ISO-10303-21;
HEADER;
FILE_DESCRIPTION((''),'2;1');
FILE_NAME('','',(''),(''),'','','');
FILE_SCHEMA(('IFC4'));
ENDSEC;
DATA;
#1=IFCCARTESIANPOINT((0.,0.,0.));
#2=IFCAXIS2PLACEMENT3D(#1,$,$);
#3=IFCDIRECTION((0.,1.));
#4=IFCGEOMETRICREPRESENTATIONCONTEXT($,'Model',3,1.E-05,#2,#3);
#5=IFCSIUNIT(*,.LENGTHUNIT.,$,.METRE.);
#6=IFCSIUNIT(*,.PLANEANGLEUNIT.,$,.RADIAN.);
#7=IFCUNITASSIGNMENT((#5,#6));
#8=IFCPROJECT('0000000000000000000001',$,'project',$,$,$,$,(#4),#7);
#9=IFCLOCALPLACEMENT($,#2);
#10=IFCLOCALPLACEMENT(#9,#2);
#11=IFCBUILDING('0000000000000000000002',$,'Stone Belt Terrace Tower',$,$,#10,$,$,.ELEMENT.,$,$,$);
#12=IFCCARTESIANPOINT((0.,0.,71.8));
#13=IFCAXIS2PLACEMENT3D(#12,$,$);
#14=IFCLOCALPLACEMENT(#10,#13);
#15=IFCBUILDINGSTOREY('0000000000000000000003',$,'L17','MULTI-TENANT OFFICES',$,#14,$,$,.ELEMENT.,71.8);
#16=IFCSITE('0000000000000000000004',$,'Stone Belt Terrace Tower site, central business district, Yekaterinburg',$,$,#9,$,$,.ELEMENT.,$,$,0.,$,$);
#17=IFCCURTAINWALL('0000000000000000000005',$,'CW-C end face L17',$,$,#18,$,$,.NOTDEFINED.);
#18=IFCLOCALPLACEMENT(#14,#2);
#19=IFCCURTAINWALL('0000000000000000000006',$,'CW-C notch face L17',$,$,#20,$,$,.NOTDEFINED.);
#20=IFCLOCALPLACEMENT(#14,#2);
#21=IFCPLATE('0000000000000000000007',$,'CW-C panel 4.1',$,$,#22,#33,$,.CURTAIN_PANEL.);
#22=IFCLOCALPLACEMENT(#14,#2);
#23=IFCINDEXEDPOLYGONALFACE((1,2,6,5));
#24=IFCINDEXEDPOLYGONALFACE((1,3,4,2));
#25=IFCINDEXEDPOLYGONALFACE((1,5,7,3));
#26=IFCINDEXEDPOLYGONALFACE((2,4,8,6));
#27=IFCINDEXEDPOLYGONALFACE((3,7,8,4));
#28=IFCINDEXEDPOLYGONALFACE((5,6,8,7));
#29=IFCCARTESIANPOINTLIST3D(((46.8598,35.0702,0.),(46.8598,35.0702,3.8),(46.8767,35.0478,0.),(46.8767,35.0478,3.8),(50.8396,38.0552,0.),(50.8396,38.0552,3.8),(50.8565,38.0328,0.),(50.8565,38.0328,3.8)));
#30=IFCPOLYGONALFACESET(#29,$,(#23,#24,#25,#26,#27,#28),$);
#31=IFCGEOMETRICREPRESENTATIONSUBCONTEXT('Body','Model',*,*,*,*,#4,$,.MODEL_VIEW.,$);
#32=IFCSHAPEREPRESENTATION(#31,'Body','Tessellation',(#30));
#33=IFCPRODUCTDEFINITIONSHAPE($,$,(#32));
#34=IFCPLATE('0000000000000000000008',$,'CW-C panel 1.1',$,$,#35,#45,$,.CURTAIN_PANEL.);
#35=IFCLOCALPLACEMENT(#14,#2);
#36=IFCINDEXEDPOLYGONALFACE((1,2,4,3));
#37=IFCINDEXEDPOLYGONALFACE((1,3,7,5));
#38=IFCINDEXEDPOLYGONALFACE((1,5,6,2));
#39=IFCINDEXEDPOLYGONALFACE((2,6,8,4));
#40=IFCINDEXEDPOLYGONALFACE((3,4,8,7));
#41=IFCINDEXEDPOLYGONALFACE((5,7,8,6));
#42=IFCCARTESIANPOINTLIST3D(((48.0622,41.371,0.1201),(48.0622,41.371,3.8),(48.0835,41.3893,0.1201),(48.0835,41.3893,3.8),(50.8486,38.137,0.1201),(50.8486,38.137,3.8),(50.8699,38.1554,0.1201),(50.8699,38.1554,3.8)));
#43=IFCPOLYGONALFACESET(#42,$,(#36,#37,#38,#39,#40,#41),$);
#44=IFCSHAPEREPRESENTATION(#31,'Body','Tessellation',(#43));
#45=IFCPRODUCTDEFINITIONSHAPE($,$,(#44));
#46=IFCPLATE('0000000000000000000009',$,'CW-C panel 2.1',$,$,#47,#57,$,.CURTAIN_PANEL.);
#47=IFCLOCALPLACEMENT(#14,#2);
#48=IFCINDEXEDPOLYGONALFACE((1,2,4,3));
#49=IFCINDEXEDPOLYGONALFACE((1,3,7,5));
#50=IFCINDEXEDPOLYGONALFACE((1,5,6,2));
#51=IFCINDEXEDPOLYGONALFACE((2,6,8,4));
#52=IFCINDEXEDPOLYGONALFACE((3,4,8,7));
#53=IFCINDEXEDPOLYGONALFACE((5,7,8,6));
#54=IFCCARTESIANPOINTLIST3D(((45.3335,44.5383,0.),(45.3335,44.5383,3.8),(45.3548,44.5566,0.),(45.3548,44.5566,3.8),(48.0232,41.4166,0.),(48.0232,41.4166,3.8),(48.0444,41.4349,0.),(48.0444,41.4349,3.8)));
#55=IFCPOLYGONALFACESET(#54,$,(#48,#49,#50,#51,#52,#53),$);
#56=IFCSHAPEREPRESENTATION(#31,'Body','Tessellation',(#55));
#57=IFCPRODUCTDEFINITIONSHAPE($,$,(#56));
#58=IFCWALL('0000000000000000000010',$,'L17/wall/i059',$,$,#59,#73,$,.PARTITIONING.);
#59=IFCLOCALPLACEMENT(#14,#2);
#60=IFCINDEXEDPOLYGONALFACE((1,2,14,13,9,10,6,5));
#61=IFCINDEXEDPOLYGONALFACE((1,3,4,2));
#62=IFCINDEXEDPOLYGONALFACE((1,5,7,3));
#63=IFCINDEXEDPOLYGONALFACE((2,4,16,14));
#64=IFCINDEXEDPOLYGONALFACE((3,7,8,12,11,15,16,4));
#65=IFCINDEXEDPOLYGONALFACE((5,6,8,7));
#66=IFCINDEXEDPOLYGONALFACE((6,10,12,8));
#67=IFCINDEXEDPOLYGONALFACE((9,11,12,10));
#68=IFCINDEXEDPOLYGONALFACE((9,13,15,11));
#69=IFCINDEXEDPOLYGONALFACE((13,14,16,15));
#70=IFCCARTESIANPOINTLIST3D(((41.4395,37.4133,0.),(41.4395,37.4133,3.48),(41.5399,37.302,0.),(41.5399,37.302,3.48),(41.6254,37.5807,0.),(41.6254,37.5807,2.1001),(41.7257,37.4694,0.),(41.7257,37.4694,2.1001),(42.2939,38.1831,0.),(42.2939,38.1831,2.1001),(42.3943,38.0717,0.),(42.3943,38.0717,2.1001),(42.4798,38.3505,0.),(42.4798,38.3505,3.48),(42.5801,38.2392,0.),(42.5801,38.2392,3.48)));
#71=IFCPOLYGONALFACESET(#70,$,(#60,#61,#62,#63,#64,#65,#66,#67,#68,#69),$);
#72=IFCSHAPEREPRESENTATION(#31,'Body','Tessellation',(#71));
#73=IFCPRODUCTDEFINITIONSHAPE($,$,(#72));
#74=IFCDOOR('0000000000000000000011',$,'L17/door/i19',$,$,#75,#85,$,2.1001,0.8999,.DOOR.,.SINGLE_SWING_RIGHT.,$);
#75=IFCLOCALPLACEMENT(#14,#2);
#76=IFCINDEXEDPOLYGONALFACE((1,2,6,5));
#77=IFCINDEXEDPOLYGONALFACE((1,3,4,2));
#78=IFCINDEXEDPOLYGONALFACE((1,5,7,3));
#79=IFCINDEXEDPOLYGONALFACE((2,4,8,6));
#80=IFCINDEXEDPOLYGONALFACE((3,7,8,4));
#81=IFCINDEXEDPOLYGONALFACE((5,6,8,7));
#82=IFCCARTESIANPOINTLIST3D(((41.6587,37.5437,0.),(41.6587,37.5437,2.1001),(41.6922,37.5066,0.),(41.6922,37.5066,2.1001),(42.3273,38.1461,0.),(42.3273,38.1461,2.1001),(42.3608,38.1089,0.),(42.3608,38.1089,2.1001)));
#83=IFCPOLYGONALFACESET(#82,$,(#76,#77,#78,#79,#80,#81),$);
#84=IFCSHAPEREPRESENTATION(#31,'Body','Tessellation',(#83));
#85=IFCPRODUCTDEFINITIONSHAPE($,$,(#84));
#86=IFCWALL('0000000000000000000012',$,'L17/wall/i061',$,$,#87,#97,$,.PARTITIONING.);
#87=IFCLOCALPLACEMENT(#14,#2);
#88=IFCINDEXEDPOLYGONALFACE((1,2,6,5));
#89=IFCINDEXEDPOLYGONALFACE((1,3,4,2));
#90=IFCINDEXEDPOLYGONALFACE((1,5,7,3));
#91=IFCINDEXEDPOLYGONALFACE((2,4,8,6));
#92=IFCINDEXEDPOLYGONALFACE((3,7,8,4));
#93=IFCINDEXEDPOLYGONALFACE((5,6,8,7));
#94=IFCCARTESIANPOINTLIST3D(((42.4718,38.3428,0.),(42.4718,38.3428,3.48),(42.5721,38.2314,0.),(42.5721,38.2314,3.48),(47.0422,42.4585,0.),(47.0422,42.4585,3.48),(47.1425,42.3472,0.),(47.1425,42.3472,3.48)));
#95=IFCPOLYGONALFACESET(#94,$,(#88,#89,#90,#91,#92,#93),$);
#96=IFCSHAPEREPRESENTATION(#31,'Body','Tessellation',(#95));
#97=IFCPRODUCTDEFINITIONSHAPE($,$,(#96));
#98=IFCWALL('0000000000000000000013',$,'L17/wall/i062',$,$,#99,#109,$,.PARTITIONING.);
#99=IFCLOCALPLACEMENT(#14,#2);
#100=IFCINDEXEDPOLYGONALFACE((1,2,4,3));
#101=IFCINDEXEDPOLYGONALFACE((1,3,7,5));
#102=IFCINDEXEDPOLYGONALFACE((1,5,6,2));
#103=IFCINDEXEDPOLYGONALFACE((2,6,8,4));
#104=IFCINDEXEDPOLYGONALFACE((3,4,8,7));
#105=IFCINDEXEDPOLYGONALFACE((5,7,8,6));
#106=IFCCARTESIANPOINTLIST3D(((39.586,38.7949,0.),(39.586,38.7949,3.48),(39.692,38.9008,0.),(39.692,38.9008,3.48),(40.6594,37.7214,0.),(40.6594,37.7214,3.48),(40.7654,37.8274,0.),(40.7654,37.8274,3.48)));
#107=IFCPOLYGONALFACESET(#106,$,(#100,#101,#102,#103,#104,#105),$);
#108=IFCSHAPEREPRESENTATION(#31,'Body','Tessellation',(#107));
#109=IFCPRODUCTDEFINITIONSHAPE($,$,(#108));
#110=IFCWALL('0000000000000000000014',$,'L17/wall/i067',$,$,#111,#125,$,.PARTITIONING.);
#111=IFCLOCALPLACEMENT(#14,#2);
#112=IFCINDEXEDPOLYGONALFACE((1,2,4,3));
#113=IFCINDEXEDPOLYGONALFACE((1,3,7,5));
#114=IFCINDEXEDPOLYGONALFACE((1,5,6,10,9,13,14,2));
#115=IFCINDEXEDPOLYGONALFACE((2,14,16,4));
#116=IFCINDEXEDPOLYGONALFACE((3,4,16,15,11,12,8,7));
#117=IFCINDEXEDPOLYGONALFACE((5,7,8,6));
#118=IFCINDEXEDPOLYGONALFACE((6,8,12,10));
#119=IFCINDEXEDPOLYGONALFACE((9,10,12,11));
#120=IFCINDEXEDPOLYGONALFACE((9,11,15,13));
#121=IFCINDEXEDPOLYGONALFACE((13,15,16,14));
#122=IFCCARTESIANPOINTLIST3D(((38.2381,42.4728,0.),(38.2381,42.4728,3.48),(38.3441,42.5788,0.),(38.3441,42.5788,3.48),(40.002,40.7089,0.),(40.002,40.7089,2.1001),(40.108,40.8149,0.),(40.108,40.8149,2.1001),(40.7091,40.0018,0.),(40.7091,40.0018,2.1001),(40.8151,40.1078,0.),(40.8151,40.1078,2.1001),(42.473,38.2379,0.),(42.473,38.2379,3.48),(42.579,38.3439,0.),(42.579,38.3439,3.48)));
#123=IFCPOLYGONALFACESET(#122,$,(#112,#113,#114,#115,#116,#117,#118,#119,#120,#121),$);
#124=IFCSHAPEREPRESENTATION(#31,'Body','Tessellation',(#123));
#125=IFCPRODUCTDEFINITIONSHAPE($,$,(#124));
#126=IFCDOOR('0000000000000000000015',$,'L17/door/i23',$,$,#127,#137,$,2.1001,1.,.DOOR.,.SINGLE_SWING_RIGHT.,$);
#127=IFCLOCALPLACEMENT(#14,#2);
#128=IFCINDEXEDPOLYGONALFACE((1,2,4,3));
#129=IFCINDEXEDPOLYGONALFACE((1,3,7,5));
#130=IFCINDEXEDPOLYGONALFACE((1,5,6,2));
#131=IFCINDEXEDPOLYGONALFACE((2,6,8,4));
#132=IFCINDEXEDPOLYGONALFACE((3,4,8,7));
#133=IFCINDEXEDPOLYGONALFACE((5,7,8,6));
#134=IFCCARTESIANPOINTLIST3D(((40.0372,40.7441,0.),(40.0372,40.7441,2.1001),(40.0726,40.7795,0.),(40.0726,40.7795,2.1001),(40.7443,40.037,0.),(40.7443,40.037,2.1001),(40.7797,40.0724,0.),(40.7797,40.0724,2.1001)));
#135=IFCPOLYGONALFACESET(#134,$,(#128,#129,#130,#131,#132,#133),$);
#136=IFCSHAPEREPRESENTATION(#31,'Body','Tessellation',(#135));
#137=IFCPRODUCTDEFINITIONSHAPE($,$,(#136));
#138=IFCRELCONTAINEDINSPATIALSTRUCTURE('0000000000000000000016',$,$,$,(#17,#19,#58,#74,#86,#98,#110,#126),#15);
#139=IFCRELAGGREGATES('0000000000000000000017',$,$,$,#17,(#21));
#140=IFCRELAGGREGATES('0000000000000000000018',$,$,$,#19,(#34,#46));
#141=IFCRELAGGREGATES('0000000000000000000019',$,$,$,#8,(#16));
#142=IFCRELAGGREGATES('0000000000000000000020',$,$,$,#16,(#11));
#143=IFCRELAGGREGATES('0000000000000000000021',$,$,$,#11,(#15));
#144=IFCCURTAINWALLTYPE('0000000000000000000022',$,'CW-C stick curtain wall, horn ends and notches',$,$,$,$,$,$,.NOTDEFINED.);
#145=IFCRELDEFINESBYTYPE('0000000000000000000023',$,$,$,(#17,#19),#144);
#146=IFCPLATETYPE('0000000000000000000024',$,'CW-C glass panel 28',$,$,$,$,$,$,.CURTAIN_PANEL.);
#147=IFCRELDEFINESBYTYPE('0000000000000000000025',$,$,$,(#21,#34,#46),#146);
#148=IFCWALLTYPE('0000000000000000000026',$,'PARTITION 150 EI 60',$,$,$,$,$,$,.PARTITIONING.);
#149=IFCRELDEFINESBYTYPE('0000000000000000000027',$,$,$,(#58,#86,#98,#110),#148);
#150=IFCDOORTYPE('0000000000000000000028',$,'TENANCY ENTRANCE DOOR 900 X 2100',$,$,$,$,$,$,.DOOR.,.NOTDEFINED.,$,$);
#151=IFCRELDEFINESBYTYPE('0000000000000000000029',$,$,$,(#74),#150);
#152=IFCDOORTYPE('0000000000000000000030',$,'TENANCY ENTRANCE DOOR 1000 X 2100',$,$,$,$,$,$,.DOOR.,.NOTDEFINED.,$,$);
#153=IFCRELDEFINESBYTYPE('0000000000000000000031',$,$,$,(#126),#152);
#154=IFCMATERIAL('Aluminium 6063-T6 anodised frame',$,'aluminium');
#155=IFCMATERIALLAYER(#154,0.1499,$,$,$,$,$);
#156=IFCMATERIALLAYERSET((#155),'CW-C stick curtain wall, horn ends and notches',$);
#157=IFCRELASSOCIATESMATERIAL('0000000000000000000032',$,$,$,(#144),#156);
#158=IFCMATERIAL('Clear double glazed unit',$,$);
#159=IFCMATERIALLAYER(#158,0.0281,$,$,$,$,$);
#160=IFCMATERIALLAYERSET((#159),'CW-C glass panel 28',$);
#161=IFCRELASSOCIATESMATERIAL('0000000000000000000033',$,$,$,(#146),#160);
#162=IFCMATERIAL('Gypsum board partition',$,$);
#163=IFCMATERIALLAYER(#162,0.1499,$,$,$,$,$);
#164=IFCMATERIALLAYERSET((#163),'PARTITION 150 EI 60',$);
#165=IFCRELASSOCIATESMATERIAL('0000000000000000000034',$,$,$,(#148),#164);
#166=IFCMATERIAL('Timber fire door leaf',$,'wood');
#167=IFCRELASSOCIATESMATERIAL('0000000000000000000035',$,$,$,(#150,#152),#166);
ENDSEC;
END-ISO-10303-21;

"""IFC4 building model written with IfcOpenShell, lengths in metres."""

from ifc_helpers import new_model, si_unit, direction, frame, frame_2d, origin, origin_2d, place, context, subcontext, project, spatial, rectangle, extrude, material, layer, layer_set, type_object, element, fill, aggregate, save


model = new_model("IFC4")

# Units and contexts
model_context = context("Model", 3, precision=1e-05, world=origin(), true_north=direction((0.0, 1.0)))
body_context = subcontext(model_context, "Body", "Model", "MODEL_VIEW")
ifc_project = project(units=[si_unit("LENGTHUNIT", "METRE"), si_unit("PLANEANGLEUNIT", "RADIAN")], contexts=[model_context])

# Site, building, storey
site_placement = place(None, origin())
site = spatial("IfcSite", under=ifc_project, at=site_placement, Name="Stone Belt Terrace Tower site, central business district, Yekaterinburg", CompositionType="ELEMENT", RefElevation=0.0)
building_placement = place(site_placement, origin())
building = spatial("IfcBuilding", under=site, at=building_placement, Name="Stone Belt Terrace Tower", CompositionType="ELEMENT")
storey_placement = place(building_placement, frame((0.0, 0.0, 71.8)))
storey = spatial("IfcBuildingStorey", under=building, at=storey_placement, Name="L17", Description="MULTI-TENANT OFFICES", CompositionType="ELEMENT", Elevation=71.8)

# Curtain walls
ifc_material_1 = material(Name="Aluminium 6063-T6 anodised frame", Category="aluminium")
ifc_layer_1 = layer(ifc_material_1, 0.1499)
ifc_layer_set_1 = layer_set([ifc_layer_1], Name="CW-C stick curtain wall, horn ends and notches")
curtain_wall_type = type_object("IfcCurtainWallType", Name="CW-C stick curtain wall, horn ends and notches", PredefinedType="NOTDEFINED", material=ifc_layer_set_1)
curtain_wall_1_placement = place(storey_placement, origin())
curtain_wall_1 = element("IfcCurtainWall", 1, at=curtain_wall_1_placement, inside=storey, type_object=curtain_wall_type, Name="CW-C end face L17", PredefinedType="NOTDEFINED")
curtain_wall_2_placement = place(storey_placement, origin())
curtain_wall_2 = element("IfcCurtainWall", 2, at=curtain_wall_2_placement, inside=storey, type_object=curtain_wall_type, Name="CW-C notch face L17", PredefinedType="NOTDEFINED")

# Plates
ifc_material_2 = material(Name="Clear double glazed unit")
ifc_layer_2 = layer(ifc_material_2, 0.0281)
ifc_layer_set_2 = layer_set([ifc_layer_2], Name="CW-C glass panel 28")
plate_type = type_object("IfcPlateType", Name="CW-C glass panel 28", PredefinedType="CURTAIN_PANEL", material=ifc_layer_set_2)
plate_1_placement = place(storey_placement, frame((48.8582, 36.5515, 0.0), z_axis=(0.0, 0.0, 1.0), x_axis=(0.799987, 0.600018, 0.0)))
plate_1 = element("IfcPlate", 3, at=plate_1_placement, type_object=plate_type, Name="CW-C panel 4.1", PredefinedType="CURTAIN_PANEL", context=body_context, shape_type="SweptSolid", body=[
    extrude(rectangle(XDim=4.9749, YDim=0.0281, at=origin_2d()), origin(), (0.0, 0.0, 1.0), 3.8),
])
aggregate(curtain_wall_1, [plate_1])
plate_2_placement = place(storey_placement, frame((49.4661, 39.7632, 0.1201), z_axis=(0.0, 0.0, 1.0), x_axis=(-0.652738, 0.757584, 0.0)))
plate_2 = element("IfcPlate", 4, at=plate_2_placement, type_object=plate_type, Name="CW-C panel 1.1", PredefinedType="CURTAIN_PANEL", context=body_context, shape_type="SweptSolid", body=[
    extrude(rectangle(XDim=4.2688, YDim=0.0281, at=origin_2d()), origin(), (0.0, 0.0, 1.0), 3.6799),
])
plate_3_placement = place(storey_placement, frame((46.689, 42.9866, 0.0), z_axis=(0.0, 0.0, 1.0), x_axis=(-0.652738, 0.757584, 0.0)))
plate_3 = element("IfcPlate", 5, at=plate_3_placement, type_object=plate_type, Name="CW-C panel 2.1", PredefinedType="CURTAIN_PANEL", context=body_context, shape_type="SweptSolid", body=[
    extrude(rectangle(XDim=4.1206, YDim=0.0281, at=origin_2d()), origin(), (0.0, 0.0, 1.0), 3.8),
])
aggregate(curtain_wall_2, [plate_2, plate_3])

# Wall, opening, door
ifc_material_3 = material(Name="Gypsum board partition")
ifc_layer_3 = layer(ifc_material_3, 0.1499)
ifc_layer_set_3 = layer_set([ifc_layer_3], Name="PARTITION 150 EI 60")
wall_type = type_object("IfcWallType", Name="PARTITION 150 EI 60", PredefinedType="PARTITIONING", material=ifc_layer_set_3)
wall_1_placement = place(storey_placement, frame((42.53, 38.2949, 0.0), z_axis=(0.0, 0.0, 1.0), x_axis=(-0.742939, -0.66936, 0.0)))
wall_1 = element("IfcWall", 6, at=wall_1_placement, inside=storey, type_object=wall_type, Name="L17/wall/i059", PredefinedType="PARTITIONING", context=body_context, shape_type="SweptSolid", body=[
    extrude(rectangle(XDim=1.4001, YDim=0.1499, at=frame_2d((0.7002, 0.0))), origin(), (0.0, 0.0, 1.0), 3.48),
])
opening_1_placement = place(wall_1_placement, frame((0.2502, 0.0, 0.0)))
opening_1 = element("IfcOpeningElement", 7, at=opening_1_placement, cuts=wall_1, PredefinedType="OPENING", context=body_context, shape_type="SweptSolid", body=[
    extrude(rectangle(XDim=0.8999, YDim=2.1001, at=frame_2d((0.45, 1.05))), frame((0.0, 0.085, 0.0), z_axis=(0.0, -1.0, 0.0), x_axis=(1.0, 0.0, 0.0)), (0.0, 0.0, 1.0), 0.1699),
])
ifc_material_4 = material(Name="Timber fire door leaf", Category="wood")
door_type_1 = type_object("IfcDoorType", Name="TENANCY ENTRANCE DOOR 900 X 2100", OperationType="NOTDEFINED", PredefinedType="DOOR", material=ifc_material_4)
door_1_placement = place(opening_1_placement, origin())
door_1 = element("IfcDoor", 8, at=door_1_placement, inside=storey, type_object=door_type_1, Name="L17/door/i19", OperationType="SINGLE_SWING_RIGHT", OverallHeight=2.1001, OverallWidth=0.8999, PredefinedType="DOOR", context=body_context, shape_type="SweptSolid", body=[
    extrude(rectangle(XDim=0.8999, YDim=2.1001, at=frame_2d((0.45, 1.05))), frame((0.0, 0.0249, 0.0), z_axis=(0.0, -1.0, 0.0), x_axis=(1.0, 0.0, 0.0)), (0.0, 0.0, 1.0), 0.05),
])
fill(opening_1, door_1)

# Walls
wall_2_placement = place(storey_placement, frame((42.522, 38.2871, 0.0), z_axis=(0.0, 0.0, 1.0), x_axis=(0.743097, 0.669184, 0.0)))
element("IfcWall", 9, at=wall_2_placement, inside=storey, type_object=wall_type, Name="L17/wall/i061", PredefinedType="PARTITIONING", context=body_context, shape_type="SweptSolid", body=[
    extrude(rectangle(XDim=6.1504, YDim=0.1499, at=frame_2d((3.0752, 0.0))), origin(), (0.0, 0.0, 1.0), 3.48),
])
wall_3_placement = place(storey_placement, frame((40.7124, 37.7744, 0.0), z_axis=(0.0, 0.0, 1.0), x_axis=(-0.707107, 0.707107, 0.0)))
element("IfcWall", 10, at=wall_3_placement, inside=storey, type_object=wall_type, Name="L17/wall/i062", PredefinedType="PARTITIONING", context=body_context, shape_type="SweptSolid", body=[
    extrude(rectangle(XDim=1.5181, YDim=0.1499, at=frame_2d((0.759, 0.0))), origin(), (0.0, 0.0, 1.0), 3.48),
])

# Wall, opening, door
wall_4_placement = place(storey_placement, frame((38.291, 42.5259, 0.0), z_axis=(0.0, 0.0, 1.0), x_axis=(0.707107, -0.707107, 0.0)))
wall_4 = element("IfcWall", 11, at=wall_4_placement, inside=storey, type_object=wall_type, Name="L17/wall/i067", PredefinedType="PARTITIONING", context=body_context, shape_type="SweptSolid", body=[
    extrude(rectangle(XDim=5.989, YDim=0.1499, at=frame_2d((2.9946, 0.0))), origin(), (0.0, 0.0, 1.0), 3.48),
])
opening_2_placement = place(wall_4_placement, frame((2.4946, 0.0, 0.0)))
opening_2 = element("IfcOpeningElement", 12, at=opening_2_placement, cuts=wall_4, PredefinedType="OPENING", context=body_context, shape_type="SweptSolid", body=[
    extrude(rectangle(XDim=1.0, YDim=2.1001, at=frame_2d((0.5, 1.05))), frame((0.0, 0.085, 0.0), z_axis=(0.0, -1.0, 0.0), x_axis=(1.0, 0.0, 0.0)), (0.0, 0.0, 1.0), 0.1699),
])
door_type_2 = type_object("IfcDoorType", Name="TENANCY ENTRANCE DOOR 1000 X 2100", OperationType="NOTDEFINED", PredefinedType="DOOR", material=ifc_material_4)
door_2_placement = place(opening_2_placement, origin())
door_2 = element("IfcDoor", 13, at=door_2_placement, inside=storey, type_object=door_type_2, Name="L17/door/i23", OperationType="SINGLE_SWING_RIGHT", OverallHeight=2.1001, OverallWidth=1.0, PredefinedType="DOOR", context=body_context, shape_type="SweptSolid", body=[
    extrude(rectangle(XDim=1.0, YDim=2.1001, at=frame_2d((0.5, 1.05))), frame((0.0, 0.0249, 0.0), z_axis=(0.0, -1.0, 0.0), x_axis=(1.0, 0.0, 0.0)), (0.0, 0.0, 1.0), 0.05),
])
fill(opening_2, door_2)

save(model, "model.ifc")
